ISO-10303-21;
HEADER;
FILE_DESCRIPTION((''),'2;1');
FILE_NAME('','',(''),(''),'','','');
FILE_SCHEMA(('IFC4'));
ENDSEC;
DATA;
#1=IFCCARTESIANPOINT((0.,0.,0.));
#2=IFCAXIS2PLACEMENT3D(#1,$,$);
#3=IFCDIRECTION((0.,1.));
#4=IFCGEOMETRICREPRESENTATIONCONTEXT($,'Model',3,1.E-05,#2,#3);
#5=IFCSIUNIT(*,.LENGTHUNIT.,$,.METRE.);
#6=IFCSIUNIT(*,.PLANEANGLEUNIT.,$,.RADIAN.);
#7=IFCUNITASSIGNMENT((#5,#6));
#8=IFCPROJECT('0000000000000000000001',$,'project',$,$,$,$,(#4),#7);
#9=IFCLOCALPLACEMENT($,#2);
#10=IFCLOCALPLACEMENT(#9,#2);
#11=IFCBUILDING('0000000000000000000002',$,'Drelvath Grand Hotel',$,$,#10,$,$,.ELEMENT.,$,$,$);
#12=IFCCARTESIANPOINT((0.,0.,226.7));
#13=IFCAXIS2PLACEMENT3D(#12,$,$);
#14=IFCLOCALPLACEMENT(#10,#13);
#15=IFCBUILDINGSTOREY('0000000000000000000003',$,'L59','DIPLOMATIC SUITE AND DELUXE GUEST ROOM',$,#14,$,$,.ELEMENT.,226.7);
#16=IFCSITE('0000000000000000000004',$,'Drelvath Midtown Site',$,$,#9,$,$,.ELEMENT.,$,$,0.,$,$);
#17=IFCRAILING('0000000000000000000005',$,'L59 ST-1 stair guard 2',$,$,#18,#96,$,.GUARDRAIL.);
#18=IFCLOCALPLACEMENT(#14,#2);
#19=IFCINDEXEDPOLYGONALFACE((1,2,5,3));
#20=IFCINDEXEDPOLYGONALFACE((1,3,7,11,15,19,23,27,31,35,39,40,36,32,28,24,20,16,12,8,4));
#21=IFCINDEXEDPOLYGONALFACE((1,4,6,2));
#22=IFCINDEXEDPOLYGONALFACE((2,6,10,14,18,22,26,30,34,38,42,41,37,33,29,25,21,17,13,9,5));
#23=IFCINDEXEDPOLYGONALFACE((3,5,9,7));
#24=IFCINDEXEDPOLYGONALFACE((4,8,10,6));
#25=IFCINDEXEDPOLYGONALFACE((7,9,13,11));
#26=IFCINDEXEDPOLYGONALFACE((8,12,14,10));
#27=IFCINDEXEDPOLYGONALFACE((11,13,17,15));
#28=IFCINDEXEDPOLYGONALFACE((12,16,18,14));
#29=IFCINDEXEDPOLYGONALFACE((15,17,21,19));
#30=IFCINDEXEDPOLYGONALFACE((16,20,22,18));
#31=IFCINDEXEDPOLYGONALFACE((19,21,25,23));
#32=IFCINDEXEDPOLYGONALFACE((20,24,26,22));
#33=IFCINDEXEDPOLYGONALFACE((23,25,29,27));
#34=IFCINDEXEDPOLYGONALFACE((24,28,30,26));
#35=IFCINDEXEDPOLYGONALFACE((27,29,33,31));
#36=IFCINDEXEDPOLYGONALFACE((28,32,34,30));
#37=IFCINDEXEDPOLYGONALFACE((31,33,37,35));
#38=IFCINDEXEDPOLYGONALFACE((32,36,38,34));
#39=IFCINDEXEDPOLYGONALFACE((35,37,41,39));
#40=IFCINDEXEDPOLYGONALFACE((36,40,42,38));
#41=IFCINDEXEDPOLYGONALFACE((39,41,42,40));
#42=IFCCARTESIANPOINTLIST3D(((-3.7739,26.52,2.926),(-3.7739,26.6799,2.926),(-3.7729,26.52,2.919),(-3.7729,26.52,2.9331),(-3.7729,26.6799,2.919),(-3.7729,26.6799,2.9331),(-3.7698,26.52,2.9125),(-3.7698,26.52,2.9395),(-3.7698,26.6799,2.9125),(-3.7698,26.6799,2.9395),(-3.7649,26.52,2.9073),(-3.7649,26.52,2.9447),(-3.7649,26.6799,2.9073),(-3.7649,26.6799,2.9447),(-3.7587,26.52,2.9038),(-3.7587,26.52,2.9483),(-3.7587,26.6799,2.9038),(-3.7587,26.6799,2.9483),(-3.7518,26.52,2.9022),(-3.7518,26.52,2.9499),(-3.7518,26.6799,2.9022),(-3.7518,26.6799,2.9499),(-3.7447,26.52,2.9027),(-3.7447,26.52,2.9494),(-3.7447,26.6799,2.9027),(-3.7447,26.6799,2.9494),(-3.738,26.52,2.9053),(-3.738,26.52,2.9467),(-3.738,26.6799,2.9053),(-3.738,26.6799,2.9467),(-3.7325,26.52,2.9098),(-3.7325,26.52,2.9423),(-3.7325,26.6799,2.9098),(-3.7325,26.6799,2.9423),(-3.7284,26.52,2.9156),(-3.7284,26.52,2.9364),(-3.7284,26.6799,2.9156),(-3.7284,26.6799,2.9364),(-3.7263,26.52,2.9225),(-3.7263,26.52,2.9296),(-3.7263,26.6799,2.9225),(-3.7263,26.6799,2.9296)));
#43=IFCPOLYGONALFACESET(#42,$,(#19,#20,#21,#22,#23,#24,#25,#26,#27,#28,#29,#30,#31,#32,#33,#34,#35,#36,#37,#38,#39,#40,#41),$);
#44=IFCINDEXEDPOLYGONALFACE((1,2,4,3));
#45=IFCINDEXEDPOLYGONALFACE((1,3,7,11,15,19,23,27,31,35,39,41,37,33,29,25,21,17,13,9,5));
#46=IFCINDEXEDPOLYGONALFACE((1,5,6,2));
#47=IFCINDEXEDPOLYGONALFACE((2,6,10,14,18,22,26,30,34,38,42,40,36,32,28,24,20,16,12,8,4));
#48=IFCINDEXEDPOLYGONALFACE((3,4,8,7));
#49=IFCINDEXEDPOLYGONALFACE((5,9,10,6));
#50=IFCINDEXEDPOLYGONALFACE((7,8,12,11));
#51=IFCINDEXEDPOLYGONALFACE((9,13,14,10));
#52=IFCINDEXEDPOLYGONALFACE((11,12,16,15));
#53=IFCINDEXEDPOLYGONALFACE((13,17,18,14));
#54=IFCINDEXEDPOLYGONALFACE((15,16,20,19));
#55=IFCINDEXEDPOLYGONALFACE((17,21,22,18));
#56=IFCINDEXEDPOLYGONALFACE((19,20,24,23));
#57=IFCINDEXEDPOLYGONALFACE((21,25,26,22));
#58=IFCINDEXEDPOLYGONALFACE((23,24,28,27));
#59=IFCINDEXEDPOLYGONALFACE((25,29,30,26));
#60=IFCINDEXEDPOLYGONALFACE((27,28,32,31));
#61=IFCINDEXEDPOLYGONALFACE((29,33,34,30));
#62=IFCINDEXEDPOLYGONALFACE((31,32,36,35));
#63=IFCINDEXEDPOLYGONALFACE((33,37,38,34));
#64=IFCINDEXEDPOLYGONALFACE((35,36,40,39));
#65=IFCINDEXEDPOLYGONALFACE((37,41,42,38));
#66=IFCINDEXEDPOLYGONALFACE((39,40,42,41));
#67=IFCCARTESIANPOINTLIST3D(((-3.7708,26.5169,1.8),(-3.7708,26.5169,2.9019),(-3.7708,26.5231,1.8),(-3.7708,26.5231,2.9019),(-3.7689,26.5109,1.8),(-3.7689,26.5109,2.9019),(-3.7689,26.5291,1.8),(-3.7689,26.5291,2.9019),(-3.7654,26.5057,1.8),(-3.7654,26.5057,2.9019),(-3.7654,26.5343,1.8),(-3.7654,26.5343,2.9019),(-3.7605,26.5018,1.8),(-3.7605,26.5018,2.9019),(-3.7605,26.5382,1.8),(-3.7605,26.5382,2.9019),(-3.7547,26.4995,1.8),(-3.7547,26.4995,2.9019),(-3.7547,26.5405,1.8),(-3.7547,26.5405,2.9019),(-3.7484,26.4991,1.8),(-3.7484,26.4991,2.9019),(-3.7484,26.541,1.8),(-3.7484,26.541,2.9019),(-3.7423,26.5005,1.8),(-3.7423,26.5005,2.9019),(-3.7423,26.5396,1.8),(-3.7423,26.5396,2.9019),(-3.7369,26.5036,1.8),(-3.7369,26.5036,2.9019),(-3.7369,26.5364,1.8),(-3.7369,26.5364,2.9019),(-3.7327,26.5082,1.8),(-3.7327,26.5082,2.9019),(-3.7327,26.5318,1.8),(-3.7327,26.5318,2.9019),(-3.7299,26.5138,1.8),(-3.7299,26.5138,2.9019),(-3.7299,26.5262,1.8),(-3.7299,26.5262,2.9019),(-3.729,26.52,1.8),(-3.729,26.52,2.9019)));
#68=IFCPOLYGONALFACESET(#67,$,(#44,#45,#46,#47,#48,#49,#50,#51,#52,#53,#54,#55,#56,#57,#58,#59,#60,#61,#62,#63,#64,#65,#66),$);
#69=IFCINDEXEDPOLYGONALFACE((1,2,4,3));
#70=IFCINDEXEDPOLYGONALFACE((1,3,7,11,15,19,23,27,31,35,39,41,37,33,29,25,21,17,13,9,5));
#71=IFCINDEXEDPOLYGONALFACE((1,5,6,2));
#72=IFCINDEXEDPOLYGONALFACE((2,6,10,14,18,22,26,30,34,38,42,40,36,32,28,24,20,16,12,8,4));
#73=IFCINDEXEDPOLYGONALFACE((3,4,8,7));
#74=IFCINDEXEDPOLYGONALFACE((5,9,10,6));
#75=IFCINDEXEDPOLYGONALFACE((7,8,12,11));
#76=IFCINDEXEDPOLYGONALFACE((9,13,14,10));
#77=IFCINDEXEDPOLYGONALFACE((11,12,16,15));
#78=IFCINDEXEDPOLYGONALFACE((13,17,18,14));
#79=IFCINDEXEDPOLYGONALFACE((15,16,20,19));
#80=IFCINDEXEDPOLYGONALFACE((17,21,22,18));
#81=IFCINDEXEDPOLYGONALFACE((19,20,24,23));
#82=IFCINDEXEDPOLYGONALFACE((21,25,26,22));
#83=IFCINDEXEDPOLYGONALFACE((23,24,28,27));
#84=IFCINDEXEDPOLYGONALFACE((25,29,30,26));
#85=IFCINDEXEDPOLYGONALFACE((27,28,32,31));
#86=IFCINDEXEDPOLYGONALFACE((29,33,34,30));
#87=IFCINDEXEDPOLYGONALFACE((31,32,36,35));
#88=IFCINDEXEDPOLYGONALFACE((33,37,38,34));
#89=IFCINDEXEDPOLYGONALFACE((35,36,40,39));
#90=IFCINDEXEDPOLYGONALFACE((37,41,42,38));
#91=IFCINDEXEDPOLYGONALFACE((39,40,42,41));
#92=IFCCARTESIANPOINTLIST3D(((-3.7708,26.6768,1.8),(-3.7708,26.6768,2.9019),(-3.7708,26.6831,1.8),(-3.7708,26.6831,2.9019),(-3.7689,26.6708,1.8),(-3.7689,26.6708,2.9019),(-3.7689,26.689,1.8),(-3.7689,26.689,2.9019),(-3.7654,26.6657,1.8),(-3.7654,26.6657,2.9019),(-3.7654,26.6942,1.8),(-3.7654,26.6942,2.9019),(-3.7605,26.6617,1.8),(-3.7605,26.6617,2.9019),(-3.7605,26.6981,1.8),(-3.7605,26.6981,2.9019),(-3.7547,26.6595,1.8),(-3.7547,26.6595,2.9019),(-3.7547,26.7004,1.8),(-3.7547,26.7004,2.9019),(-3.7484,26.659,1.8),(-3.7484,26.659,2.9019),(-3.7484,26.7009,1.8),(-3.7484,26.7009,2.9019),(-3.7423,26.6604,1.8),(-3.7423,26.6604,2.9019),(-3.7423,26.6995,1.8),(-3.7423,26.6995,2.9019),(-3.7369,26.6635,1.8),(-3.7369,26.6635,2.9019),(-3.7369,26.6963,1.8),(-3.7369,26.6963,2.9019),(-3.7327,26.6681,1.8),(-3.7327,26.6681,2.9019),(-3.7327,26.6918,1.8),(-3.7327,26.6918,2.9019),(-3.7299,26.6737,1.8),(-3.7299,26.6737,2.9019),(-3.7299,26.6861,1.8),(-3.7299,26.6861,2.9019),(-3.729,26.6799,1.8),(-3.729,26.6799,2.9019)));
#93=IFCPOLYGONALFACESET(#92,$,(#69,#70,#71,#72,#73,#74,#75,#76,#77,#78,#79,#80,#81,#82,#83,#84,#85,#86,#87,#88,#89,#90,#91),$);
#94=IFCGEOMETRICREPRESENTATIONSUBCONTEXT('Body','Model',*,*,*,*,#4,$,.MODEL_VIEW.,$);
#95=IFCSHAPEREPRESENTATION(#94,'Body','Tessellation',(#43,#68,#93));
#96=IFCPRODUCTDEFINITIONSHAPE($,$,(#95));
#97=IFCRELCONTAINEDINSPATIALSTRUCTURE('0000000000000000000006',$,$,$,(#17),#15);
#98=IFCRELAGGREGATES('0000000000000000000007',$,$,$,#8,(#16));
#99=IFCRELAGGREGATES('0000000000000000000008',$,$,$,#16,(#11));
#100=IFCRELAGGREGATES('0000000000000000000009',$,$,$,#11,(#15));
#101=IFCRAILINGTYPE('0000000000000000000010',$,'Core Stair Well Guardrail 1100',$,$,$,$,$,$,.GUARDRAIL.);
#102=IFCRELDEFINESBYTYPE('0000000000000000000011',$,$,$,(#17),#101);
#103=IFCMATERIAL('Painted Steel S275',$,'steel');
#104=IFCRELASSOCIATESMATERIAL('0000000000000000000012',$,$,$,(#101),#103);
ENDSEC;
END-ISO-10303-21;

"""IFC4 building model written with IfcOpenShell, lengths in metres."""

from ifc_helpers import new_model, si_unit, direction, frame, origin, origin_2d, place, context, subcontext, project, spatial, circle, extrude, material, type_object, element, save


model = new_model("IFC4")

# Units and contexts
model_context = context("Model", 3, precision=1e-05, world=origin(), true_north=direction((0.0, 1.0)))
body_context = subcontext(model_context, "Body", "Model", "MODEL_VIEW")
ifc_project = project(units=[si_unit("LENGTHUNIT", "METRE"), si_unit("PLANEANGLEUNIT", "RADIAN")], contexts=[model_context])

# Site, building, storey
site_placement = place(None, origin())
site = spatial("IfcSite", under=ifc_project, at=site_placement, Name="Drelvath Midtown Site", CompositionType="ELEMENT", RefElevation=0.0)
building_placement = place(site_placement, origin())
building = spatial("IfcBuilding", under=site, at=building_placement, Name="Drelvath Grand Hotel", CompositionType="ELEMENT")
storey_placement = place(building_placement, frame((0.0, 0.0, 226.7)))
storey = spatial("IfcBuildingStorey", under=building, at=storey_placement, Name="L59", Description="DIPLOMATIC SUITE AND DELUXE GUEST ROOM", CompositionType="ELEMENT", Elevation=226.7)

# Shared definitions
ifc_material_1 = material(Name="Painted Steel S275", Category="steel")

# Railing
railing_type_1 = type_object("IfcRailingType", Name="Core Stair Well Guardrail 1100", PredefinedType="GUARDRAIL", material=ifc_material_1)
railing_1_placement = place(storey_placement, frame((-3.75, 26.52, 1.8)))
element("IfcRailing", 1, at=railing_1_placement, inside=storey, type_object=railing_type_1, Name="L59 ST-1 stair guard 2", PredefinedType="GUARDRAIL", context=body_context, shape_type="SweptSolid", body=[
    extrude(circle(Radius=0.0239, at=origin_2d()), frame((0.0, 0.0, 1.126), z_axis=(0.0, 1.0, 0.0), x_axis=(-1.0, 0.0, 0.0)), (0.0, 0.0, 1.0), 0.1599),
    extrude(circle(Radius=0.021, at=origin_2d()), origin(), (0.0, 0.0, 1.0), 1.1018),
    extrude(circle(Radius=0.021, at=origin_2d()), frame((0.0, 0.1599, 0.0)), (0.0, 0.0, 1.0), 1.1018),
])

save(model, "model.ifc")
